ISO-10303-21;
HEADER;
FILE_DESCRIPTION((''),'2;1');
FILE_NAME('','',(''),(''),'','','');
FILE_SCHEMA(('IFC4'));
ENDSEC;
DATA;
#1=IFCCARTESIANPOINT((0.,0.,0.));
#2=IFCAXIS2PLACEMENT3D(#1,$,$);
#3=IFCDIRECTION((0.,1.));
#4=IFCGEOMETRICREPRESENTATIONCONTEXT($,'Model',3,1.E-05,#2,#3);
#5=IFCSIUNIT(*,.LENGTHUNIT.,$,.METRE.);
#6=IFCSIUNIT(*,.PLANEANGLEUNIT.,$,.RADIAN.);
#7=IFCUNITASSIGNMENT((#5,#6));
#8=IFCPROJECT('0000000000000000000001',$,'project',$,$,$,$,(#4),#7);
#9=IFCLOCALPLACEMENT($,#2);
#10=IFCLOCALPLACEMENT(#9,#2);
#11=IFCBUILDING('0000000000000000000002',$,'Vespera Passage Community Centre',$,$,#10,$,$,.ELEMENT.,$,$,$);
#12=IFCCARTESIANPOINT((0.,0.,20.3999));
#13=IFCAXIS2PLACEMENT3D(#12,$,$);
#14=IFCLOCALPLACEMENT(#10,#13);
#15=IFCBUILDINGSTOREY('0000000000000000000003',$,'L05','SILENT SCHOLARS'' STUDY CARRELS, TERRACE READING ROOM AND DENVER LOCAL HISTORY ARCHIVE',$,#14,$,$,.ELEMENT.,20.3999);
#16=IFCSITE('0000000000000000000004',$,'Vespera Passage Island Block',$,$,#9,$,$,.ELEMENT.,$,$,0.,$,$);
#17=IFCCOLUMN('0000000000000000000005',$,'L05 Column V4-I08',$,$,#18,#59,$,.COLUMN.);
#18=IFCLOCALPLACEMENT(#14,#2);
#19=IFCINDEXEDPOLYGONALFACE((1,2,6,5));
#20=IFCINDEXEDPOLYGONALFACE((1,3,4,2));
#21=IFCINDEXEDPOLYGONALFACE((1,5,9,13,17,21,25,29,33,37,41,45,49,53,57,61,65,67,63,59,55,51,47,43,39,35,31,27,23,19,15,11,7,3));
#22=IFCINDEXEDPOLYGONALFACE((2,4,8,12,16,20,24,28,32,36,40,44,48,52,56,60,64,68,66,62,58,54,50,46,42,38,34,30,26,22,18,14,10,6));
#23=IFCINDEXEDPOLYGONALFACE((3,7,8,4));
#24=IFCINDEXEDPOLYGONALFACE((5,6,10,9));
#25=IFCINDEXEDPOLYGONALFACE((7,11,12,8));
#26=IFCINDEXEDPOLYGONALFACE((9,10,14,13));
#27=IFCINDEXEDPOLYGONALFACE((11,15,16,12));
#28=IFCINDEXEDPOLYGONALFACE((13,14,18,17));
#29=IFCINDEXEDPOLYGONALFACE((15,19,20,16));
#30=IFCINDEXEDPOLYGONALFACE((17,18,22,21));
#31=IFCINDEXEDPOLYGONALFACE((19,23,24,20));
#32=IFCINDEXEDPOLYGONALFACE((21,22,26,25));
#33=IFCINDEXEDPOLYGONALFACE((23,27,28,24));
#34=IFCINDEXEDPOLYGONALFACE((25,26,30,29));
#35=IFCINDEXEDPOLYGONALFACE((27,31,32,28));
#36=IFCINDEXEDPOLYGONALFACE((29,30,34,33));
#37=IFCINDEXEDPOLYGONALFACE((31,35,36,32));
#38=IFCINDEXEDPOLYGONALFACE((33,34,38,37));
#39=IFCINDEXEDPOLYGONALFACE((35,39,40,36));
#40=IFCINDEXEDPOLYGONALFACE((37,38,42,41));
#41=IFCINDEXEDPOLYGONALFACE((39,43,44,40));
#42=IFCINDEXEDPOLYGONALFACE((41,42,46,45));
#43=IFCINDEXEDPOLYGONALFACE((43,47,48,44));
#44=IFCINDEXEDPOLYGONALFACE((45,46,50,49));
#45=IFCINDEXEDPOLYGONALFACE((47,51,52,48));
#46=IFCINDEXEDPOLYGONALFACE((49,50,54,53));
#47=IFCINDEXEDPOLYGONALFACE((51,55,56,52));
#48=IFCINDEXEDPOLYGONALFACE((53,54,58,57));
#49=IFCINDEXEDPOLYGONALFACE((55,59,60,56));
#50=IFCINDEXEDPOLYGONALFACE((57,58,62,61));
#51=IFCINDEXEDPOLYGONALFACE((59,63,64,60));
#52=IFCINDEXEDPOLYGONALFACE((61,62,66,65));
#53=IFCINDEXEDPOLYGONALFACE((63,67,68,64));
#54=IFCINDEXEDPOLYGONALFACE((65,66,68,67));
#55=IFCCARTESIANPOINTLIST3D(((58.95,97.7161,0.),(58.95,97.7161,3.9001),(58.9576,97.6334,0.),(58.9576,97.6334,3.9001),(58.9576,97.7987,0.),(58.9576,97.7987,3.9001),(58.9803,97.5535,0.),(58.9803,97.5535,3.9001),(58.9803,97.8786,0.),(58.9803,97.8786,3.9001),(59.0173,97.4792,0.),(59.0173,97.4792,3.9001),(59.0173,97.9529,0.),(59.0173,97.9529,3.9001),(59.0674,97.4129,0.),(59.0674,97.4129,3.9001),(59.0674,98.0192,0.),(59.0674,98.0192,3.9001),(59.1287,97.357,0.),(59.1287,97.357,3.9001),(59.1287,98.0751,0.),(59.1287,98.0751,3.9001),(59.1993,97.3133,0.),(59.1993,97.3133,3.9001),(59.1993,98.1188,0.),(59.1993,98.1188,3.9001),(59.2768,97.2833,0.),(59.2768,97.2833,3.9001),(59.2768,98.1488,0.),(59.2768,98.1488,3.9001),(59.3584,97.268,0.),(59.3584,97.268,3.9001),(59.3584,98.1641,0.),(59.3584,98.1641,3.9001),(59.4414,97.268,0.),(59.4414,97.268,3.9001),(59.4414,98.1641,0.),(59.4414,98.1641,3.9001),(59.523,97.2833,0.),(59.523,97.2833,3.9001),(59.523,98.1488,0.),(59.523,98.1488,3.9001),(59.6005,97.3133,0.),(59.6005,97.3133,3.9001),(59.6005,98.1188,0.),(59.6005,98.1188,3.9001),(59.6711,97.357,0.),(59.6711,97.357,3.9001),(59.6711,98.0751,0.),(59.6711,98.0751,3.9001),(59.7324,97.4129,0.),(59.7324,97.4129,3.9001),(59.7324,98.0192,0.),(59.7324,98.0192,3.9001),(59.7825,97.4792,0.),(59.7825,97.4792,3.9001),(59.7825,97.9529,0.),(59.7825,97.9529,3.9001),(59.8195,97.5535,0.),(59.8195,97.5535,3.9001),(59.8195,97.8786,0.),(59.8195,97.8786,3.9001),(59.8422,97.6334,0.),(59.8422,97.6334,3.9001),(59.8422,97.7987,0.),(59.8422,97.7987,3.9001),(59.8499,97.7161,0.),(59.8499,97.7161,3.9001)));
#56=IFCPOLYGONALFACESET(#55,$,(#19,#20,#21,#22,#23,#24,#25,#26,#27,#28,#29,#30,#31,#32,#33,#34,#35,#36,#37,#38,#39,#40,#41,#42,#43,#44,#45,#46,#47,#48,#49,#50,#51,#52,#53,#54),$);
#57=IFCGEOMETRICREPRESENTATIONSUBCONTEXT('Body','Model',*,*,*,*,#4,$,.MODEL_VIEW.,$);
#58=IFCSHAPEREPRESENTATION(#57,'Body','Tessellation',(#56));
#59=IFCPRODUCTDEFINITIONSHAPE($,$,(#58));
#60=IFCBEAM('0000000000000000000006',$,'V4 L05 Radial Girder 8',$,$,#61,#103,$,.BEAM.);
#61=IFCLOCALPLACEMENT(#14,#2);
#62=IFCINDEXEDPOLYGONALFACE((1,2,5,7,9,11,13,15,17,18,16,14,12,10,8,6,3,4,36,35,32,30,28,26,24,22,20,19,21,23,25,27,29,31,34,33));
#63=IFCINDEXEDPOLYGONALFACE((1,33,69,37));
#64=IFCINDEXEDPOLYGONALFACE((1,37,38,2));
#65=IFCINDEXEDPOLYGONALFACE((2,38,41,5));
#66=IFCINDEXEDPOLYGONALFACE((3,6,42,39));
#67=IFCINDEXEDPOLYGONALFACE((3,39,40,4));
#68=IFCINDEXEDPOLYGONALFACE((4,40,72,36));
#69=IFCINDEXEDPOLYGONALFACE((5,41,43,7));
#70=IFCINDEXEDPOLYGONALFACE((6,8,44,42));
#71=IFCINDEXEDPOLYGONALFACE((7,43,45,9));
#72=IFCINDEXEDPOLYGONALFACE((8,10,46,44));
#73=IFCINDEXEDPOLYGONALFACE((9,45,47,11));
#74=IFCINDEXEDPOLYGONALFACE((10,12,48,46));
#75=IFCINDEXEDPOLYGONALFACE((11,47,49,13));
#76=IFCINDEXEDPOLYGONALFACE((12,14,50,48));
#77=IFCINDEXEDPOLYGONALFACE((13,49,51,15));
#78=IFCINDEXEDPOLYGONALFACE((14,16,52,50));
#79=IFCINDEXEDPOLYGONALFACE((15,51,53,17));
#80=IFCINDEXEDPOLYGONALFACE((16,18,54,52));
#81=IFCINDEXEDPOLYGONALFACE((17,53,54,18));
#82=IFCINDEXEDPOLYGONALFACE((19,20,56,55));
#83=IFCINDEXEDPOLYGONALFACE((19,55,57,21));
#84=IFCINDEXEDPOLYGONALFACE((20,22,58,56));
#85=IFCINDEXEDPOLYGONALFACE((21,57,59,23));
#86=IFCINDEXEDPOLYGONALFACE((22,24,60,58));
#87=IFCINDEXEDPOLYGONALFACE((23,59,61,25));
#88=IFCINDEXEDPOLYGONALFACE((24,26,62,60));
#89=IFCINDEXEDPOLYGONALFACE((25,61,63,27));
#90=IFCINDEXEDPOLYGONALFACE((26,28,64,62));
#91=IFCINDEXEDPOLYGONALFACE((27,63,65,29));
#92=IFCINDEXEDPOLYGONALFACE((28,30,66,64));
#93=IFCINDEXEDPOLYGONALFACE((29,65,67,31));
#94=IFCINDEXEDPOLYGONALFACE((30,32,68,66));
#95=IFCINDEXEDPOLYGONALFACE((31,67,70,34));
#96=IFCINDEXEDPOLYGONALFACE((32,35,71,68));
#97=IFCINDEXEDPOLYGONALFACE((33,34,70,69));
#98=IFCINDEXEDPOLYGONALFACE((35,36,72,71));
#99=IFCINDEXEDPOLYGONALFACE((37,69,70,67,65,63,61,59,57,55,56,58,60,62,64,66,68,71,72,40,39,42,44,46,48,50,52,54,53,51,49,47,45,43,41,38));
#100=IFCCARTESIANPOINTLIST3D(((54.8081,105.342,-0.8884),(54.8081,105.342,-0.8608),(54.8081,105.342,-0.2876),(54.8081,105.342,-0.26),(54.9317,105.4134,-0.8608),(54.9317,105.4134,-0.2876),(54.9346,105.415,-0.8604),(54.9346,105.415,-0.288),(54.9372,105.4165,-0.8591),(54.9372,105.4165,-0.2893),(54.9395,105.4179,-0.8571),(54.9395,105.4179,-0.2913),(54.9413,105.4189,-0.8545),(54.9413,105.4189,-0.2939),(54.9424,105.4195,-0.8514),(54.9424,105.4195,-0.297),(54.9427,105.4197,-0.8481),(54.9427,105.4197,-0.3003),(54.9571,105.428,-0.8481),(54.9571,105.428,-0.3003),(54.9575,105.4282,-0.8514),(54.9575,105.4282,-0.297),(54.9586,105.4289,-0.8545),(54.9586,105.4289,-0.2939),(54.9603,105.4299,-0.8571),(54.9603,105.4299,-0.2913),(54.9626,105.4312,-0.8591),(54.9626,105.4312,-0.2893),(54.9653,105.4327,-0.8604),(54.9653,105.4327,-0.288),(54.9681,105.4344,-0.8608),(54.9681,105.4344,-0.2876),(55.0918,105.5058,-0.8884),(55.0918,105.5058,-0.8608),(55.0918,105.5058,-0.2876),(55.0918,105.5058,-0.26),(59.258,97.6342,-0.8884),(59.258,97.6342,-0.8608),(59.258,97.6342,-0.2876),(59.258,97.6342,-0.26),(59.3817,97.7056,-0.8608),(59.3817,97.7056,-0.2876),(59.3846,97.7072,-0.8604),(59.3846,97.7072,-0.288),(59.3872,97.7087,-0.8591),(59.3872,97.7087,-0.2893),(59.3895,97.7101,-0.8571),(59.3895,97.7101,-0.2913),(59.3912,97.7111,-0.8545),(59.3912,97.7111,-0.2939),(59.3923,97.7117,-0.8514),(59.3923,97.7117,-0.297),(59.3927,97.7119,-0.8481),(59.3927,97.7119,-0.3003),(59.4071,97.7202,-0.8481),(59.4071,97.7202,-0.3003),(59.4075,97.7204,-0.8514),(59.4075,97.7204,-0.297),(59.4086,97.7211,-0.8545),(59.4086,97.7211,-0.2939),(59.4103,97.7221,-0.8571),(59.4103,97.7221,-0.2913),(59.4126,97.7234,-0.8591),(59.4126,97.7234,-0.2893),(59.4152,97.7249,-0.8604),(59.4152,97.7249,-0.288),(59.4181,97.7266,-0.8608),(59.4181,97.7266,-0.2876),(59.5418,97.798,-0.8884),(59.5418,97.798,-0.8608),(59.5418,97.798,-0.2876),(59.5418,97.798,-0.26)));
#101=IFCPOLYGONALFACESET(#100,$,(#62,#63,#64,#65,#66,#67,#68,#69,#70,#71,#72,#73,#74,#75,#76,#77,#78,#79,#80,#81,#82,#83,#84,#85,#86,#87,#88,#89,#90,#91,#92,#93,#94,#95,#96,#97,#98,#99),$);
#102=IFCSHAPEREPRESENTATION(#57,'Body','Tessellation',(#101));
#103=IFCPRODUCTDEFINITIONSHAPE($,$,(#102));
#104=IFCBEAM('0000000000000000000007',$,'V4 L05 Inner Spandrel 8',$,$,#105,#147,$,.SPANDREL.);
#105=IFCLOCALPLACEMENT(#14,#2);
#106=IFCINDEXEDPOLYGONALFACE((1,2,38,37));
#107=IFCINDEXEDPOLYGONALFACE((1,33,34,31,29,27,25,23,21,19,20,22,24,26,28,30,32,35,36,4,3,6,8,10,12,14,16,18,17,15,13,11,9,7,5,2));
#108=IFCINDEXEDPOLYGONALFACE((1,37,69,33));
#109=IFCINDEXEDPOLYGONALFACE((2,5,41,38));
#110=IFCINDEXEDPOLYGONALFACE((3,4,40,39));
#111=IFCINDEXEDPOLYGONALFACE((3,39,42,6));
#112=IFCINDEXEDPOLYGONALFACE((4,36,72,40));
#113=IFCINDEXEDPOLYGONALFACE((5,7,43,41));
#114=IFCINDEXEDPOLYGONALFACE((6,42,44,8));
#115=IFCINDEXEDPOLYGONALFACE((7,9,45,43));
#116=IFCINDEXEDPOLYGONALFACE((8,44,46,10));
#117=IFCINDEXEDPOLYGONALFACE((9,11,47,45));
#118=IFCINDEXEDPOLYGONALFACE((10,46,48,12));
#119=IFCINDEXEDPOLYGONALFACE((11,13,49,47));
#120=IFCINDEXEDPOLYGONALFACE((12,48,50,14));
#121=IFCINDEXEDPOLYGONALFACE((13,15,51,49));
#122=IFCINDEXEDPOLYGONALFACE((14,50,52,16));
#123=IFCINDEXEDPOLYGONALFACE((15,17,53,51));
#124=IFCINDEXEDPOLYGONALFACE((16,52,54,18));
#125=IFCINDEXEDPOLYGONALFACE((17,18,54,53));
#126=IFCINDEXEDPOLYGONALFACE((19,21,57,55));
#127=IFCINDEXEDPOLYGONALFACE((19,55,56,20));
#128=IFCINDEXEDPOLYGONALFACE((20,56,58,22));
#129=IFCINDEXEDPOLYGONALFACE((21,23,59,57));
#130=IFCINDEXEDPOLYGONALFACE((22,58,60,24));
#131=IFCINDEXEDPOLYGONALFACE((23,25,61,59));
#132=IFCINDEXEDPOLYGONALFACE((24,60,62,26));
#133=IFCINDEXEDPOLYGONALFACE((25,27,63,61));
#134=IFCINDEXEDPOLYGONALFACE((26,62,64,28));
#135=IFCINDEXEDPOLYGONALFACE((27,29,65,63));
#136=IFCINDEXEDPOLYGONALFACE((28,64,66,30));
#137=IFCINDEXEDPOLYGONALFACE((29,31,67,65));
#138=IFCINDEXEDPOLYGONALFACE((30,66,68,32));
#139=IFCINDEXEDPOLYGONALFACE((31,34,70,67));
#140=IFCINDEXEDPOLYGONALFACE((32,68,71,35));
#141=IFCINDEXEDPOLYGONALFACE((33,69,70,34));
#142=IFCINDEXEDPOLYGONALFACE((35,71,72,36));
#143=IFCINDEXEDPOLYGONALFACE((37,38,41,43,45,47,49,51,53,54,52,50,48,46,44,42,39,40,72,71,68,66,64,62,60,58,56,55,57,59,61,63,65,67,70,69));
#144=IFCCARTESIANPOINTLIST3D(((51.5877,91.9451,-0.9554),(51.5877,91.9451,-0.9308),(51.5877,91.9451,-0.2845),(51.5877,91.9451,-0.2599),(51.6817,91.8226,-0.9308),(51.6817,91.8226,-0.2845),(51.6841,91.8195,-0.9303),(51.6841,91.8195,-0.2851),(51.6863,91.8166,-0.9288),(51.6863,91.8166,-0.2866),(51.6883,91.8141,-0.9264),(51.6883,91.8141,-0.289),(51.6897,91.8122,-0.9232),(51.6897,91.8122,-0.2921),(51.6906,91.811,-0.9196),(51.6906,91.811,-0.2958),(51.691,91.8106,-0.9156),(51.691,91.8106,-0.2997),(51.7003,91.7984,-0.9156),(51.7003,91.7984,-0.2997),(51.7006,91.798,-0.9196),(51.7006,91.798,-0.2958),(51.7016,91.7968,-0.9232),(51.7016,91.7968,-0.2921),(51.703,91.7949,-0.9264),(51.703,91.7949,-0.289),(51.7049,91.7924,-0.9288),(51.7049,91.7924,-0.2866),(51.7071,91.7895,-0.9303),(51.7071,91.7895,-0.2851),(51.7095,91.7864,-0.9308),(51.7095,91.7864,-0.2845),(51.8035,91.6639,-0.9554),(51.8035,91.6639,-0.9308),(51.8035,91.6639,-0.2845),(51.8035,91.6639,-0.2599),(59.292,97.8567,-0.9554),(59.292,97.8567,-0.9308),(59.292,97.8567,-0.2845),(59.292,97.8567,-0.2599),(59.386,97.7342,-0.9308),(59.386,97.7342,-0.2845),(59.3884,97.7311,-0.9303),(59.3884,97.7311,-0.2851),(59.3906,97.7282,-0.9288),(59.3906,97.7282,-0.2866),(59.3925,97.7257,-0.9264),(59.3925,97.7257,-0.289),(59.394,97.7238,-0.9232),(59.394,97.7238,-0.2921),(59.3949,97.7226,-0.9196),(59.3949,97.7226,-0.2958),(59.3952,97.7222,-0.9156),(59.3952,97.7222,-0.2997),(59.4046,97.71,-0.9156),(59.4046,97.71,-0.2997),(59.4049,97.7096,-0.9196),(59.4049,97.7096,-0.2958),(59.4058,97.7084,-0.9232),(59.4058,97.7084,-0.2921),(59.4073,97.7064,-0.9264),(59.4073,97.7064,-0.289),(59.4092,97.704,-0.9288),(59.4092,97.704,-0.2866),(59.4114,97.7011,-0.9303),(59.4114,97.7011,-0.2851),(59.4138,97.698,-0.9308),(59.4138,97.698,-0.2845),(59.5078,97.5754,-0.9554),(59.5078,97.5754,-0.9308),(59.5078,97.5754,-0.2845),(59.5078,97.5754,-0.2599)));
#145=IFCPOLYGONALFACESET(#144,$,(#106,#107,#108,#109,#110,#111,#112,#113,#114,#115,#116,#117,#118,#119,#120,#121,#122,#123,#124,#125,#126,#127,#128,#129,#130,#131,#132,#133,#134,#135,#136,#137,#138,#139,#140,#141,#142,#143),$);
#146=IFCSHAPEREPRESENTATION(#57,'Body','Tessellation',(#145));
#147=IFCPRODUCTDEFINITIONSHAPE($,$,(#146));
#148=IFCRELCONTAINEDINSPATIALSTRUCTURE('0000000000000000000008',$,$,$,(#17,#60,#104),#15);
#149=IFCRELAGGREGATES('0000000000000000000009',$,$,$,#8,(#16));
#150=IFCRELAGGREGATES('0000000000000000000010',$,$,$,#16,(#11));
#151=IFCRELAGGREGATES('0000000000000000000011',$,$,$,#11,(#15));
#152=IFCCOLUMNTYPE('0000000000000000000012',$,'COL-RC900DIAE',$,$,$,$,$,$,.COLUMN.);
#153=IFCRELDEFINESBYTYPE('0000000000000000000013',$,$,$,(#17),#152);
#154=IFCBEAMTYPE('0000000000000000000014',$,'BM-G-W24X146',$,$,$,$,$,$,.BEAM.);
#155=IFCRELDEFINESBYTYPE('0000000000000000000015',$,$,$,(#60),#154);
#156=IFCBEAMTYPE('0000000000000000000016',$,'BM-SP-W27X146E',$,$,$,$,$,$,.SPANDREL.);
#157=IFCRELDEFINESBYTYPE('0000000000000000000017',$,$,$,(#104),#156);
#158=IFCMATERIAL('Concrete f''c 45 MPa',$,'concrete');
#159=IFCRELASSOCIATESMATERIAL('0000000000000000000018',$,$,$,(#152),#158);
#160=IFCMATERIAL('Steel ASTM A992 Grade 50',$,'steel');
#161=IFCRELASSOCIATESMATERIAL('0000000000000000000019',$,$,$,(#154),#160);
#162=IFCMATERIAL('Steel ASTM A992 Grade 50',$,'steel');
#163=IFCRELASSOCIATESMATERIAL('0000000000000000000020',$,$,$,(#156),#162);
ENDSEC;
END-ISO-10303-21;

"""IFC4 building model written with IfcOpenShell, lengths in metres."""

from ifc_helpers import new_model, si_unit, direction, frame, origin, origin_2d, place, context, subcontext, project, spatial, circle, i_section, extrude, material, material_profile, profile_set, type_object, element, save


model = new_model("IFC4")

# Units and contexts
model_context = context("Model", 3, precision=1e-05, world=origin(), true_north=direction((0.0, 1.0)))
body_context = subcontext(model_context, "Body", "Model", "MODEL_VIEW")
ifc_project = project(units=[si_unit("LENGTHUNIT", "METRE"), si_unit("PLANEANGLEUNIT", "RADIAN")], contexts=[model_context])

# Site, building, storey
site_placement = place(None, origin())
site = spatial("IfcSite", under=ifc_project, at=site_placement, Name="Vespera Passage Island Block", CompositionType="ELEMENT", RefElevation=0.0)
building_placement = place(site_placement, origin())
building = spatial("IfcBuilding", under=site, at=building_placement, Name="Vespera Passage Community Centre", CompositionType="ELEMENT")
storey_placement = place(building_placement, frame((0.0, 0.0, 20.3999)))
storey = spatial("IfcBuildingStorey", under=building, at=storey_placement, Name="L05", Description="SILENT SCHOLARS' STUDY CARRELS, TERRACE READING ROOM AND DENVER LOCAL HISTORY ARCHIVE", CompositionType="ELEMENT", Elevation=20.3999)

# Column
ifc_material_1 = material(Name="Concrete f'c 45 MPa", Category="concrete")
ifc_material_profile_1 = material_profile(ifc_material_1, circle(Radius=0.45, at=origin_2d()), Name="RC900DIA")
ifc_profile_set_1 = profile_set([ifc_material_profile_1], Name="Concrete f'c 45 MPa")
column_type = type_object("IfcColumnType", Name="COL-RC900DIAE", PredefinedType="COLUMN", material=ifc_profile_set_1)
column_placement = place(storey_placement, frame((59.3999, 97.7161, 0.0), z_axis=(0.0, 0.0, 1.0), x_axis=(1.0, 0.0, 0.0)))
element("IfcColumn", 1, at=column_placement, inside=storey, type_object=column_type, Name="L05 Column V4-I08", PredefinedType="COLUMN", context=body_context, shape_type="SweptSolid", body=[
    extrude(circle(Radius=0.45, at=origin_2d()), origin(), (0.0, 0.0, 1.0), 3.9001),
])

# Beams
ifc_material_2 = material(Name="Steel ASTM A992 Grade 50", Category="steel")
ifc_material_profile_2 = material_profile(ifc_material_2, i_section(OverallWidth=0.3276, OverallDepth=0.6284, WebThickness=0.0166, FlangeThickness=0.0276, FilletRadius=0.0127, at=origin_2d()), Name="W24X146")
ifc_profile_set_2 = profile_set([ifc_material_profile_2], Name="Steel ASTM A992 Grade 50")
beam_type_1 = type_object("IfcBeamType", Name="BM-G-W24X146", PredefinedType="BEAM", material=ifc_profile_set_2)
beam_1_placement = place(storey_placement, frame((59.3999, 97.7161, -0.5742), z_axis=(-0.499989, 0.866032, 0.0), x_axis=(-0.866032, -0.499989, 0.0)))
element("IfcBeam", 2, at=beam_1_placement, inside=storey, type_object=beam_type_1, Name="V4 L05 Radial Girder 8", PredefinedType="BEAM", context=body_context, shape_type="SweptSolid", body=[
    extrude(i_section(OverallWidth=0.3276, OverallDepth=0.6284, WebThickness=0.0166, FlangeThickness=0.0276, FilletRadius=0.0127, at=origin_2d()), origin(), (0.0, 0.0, 1.0), 8.9001),
])
ifc_material_3 = material(Name="Steel ASTM A992 Grade 50", Category="steel")
ifc_material_profile_3 = material_profile(ifc_material_3, i_section(OverallWidth=0.3545, OverallDepth=0.6956, WebThickness=0.0154, FlangeThickness=0.0247, FilletRadius=0.0151, at=origin_2d()), Name="W27X146")
ifc_profile_set_3 = profile_set([ifc_material_profile_3], Name="Steel ASTM A992 Grade 50")
beam_type_2 = type_object("IfcBeamType", Name="BM-SP-W27X146E", PredefinedType="SPANDREL", material=ifc_profile_set_3)
beam_2_placement = place(storey_placement, frame((59.3999, 97.7161, -0.6077), z_axis=(-0.79336, -0.608753, 0.0), x_axis=(0.608753, -0.79336, 0.0)))
element("IfcBeam", 3, at=beam_2_placement, inside=storey, type_object=beam_type_2, Name="V4 L05 Inner Spandrel 8", PredefinedType="SPANDREL", context=body_context, shape_type="SweptSolid", body=[
    extrude(i_section(OverallWidth=0.3545, OverallDepth=0.6956, WebThickness=0.0154, FlangeThickness=0.0247, FilletRadius=0.0151, at=origin_2d()), origin(), (0.0, 0.0, 1.0), 9.7109),
])

save(model, "model.ifc")
